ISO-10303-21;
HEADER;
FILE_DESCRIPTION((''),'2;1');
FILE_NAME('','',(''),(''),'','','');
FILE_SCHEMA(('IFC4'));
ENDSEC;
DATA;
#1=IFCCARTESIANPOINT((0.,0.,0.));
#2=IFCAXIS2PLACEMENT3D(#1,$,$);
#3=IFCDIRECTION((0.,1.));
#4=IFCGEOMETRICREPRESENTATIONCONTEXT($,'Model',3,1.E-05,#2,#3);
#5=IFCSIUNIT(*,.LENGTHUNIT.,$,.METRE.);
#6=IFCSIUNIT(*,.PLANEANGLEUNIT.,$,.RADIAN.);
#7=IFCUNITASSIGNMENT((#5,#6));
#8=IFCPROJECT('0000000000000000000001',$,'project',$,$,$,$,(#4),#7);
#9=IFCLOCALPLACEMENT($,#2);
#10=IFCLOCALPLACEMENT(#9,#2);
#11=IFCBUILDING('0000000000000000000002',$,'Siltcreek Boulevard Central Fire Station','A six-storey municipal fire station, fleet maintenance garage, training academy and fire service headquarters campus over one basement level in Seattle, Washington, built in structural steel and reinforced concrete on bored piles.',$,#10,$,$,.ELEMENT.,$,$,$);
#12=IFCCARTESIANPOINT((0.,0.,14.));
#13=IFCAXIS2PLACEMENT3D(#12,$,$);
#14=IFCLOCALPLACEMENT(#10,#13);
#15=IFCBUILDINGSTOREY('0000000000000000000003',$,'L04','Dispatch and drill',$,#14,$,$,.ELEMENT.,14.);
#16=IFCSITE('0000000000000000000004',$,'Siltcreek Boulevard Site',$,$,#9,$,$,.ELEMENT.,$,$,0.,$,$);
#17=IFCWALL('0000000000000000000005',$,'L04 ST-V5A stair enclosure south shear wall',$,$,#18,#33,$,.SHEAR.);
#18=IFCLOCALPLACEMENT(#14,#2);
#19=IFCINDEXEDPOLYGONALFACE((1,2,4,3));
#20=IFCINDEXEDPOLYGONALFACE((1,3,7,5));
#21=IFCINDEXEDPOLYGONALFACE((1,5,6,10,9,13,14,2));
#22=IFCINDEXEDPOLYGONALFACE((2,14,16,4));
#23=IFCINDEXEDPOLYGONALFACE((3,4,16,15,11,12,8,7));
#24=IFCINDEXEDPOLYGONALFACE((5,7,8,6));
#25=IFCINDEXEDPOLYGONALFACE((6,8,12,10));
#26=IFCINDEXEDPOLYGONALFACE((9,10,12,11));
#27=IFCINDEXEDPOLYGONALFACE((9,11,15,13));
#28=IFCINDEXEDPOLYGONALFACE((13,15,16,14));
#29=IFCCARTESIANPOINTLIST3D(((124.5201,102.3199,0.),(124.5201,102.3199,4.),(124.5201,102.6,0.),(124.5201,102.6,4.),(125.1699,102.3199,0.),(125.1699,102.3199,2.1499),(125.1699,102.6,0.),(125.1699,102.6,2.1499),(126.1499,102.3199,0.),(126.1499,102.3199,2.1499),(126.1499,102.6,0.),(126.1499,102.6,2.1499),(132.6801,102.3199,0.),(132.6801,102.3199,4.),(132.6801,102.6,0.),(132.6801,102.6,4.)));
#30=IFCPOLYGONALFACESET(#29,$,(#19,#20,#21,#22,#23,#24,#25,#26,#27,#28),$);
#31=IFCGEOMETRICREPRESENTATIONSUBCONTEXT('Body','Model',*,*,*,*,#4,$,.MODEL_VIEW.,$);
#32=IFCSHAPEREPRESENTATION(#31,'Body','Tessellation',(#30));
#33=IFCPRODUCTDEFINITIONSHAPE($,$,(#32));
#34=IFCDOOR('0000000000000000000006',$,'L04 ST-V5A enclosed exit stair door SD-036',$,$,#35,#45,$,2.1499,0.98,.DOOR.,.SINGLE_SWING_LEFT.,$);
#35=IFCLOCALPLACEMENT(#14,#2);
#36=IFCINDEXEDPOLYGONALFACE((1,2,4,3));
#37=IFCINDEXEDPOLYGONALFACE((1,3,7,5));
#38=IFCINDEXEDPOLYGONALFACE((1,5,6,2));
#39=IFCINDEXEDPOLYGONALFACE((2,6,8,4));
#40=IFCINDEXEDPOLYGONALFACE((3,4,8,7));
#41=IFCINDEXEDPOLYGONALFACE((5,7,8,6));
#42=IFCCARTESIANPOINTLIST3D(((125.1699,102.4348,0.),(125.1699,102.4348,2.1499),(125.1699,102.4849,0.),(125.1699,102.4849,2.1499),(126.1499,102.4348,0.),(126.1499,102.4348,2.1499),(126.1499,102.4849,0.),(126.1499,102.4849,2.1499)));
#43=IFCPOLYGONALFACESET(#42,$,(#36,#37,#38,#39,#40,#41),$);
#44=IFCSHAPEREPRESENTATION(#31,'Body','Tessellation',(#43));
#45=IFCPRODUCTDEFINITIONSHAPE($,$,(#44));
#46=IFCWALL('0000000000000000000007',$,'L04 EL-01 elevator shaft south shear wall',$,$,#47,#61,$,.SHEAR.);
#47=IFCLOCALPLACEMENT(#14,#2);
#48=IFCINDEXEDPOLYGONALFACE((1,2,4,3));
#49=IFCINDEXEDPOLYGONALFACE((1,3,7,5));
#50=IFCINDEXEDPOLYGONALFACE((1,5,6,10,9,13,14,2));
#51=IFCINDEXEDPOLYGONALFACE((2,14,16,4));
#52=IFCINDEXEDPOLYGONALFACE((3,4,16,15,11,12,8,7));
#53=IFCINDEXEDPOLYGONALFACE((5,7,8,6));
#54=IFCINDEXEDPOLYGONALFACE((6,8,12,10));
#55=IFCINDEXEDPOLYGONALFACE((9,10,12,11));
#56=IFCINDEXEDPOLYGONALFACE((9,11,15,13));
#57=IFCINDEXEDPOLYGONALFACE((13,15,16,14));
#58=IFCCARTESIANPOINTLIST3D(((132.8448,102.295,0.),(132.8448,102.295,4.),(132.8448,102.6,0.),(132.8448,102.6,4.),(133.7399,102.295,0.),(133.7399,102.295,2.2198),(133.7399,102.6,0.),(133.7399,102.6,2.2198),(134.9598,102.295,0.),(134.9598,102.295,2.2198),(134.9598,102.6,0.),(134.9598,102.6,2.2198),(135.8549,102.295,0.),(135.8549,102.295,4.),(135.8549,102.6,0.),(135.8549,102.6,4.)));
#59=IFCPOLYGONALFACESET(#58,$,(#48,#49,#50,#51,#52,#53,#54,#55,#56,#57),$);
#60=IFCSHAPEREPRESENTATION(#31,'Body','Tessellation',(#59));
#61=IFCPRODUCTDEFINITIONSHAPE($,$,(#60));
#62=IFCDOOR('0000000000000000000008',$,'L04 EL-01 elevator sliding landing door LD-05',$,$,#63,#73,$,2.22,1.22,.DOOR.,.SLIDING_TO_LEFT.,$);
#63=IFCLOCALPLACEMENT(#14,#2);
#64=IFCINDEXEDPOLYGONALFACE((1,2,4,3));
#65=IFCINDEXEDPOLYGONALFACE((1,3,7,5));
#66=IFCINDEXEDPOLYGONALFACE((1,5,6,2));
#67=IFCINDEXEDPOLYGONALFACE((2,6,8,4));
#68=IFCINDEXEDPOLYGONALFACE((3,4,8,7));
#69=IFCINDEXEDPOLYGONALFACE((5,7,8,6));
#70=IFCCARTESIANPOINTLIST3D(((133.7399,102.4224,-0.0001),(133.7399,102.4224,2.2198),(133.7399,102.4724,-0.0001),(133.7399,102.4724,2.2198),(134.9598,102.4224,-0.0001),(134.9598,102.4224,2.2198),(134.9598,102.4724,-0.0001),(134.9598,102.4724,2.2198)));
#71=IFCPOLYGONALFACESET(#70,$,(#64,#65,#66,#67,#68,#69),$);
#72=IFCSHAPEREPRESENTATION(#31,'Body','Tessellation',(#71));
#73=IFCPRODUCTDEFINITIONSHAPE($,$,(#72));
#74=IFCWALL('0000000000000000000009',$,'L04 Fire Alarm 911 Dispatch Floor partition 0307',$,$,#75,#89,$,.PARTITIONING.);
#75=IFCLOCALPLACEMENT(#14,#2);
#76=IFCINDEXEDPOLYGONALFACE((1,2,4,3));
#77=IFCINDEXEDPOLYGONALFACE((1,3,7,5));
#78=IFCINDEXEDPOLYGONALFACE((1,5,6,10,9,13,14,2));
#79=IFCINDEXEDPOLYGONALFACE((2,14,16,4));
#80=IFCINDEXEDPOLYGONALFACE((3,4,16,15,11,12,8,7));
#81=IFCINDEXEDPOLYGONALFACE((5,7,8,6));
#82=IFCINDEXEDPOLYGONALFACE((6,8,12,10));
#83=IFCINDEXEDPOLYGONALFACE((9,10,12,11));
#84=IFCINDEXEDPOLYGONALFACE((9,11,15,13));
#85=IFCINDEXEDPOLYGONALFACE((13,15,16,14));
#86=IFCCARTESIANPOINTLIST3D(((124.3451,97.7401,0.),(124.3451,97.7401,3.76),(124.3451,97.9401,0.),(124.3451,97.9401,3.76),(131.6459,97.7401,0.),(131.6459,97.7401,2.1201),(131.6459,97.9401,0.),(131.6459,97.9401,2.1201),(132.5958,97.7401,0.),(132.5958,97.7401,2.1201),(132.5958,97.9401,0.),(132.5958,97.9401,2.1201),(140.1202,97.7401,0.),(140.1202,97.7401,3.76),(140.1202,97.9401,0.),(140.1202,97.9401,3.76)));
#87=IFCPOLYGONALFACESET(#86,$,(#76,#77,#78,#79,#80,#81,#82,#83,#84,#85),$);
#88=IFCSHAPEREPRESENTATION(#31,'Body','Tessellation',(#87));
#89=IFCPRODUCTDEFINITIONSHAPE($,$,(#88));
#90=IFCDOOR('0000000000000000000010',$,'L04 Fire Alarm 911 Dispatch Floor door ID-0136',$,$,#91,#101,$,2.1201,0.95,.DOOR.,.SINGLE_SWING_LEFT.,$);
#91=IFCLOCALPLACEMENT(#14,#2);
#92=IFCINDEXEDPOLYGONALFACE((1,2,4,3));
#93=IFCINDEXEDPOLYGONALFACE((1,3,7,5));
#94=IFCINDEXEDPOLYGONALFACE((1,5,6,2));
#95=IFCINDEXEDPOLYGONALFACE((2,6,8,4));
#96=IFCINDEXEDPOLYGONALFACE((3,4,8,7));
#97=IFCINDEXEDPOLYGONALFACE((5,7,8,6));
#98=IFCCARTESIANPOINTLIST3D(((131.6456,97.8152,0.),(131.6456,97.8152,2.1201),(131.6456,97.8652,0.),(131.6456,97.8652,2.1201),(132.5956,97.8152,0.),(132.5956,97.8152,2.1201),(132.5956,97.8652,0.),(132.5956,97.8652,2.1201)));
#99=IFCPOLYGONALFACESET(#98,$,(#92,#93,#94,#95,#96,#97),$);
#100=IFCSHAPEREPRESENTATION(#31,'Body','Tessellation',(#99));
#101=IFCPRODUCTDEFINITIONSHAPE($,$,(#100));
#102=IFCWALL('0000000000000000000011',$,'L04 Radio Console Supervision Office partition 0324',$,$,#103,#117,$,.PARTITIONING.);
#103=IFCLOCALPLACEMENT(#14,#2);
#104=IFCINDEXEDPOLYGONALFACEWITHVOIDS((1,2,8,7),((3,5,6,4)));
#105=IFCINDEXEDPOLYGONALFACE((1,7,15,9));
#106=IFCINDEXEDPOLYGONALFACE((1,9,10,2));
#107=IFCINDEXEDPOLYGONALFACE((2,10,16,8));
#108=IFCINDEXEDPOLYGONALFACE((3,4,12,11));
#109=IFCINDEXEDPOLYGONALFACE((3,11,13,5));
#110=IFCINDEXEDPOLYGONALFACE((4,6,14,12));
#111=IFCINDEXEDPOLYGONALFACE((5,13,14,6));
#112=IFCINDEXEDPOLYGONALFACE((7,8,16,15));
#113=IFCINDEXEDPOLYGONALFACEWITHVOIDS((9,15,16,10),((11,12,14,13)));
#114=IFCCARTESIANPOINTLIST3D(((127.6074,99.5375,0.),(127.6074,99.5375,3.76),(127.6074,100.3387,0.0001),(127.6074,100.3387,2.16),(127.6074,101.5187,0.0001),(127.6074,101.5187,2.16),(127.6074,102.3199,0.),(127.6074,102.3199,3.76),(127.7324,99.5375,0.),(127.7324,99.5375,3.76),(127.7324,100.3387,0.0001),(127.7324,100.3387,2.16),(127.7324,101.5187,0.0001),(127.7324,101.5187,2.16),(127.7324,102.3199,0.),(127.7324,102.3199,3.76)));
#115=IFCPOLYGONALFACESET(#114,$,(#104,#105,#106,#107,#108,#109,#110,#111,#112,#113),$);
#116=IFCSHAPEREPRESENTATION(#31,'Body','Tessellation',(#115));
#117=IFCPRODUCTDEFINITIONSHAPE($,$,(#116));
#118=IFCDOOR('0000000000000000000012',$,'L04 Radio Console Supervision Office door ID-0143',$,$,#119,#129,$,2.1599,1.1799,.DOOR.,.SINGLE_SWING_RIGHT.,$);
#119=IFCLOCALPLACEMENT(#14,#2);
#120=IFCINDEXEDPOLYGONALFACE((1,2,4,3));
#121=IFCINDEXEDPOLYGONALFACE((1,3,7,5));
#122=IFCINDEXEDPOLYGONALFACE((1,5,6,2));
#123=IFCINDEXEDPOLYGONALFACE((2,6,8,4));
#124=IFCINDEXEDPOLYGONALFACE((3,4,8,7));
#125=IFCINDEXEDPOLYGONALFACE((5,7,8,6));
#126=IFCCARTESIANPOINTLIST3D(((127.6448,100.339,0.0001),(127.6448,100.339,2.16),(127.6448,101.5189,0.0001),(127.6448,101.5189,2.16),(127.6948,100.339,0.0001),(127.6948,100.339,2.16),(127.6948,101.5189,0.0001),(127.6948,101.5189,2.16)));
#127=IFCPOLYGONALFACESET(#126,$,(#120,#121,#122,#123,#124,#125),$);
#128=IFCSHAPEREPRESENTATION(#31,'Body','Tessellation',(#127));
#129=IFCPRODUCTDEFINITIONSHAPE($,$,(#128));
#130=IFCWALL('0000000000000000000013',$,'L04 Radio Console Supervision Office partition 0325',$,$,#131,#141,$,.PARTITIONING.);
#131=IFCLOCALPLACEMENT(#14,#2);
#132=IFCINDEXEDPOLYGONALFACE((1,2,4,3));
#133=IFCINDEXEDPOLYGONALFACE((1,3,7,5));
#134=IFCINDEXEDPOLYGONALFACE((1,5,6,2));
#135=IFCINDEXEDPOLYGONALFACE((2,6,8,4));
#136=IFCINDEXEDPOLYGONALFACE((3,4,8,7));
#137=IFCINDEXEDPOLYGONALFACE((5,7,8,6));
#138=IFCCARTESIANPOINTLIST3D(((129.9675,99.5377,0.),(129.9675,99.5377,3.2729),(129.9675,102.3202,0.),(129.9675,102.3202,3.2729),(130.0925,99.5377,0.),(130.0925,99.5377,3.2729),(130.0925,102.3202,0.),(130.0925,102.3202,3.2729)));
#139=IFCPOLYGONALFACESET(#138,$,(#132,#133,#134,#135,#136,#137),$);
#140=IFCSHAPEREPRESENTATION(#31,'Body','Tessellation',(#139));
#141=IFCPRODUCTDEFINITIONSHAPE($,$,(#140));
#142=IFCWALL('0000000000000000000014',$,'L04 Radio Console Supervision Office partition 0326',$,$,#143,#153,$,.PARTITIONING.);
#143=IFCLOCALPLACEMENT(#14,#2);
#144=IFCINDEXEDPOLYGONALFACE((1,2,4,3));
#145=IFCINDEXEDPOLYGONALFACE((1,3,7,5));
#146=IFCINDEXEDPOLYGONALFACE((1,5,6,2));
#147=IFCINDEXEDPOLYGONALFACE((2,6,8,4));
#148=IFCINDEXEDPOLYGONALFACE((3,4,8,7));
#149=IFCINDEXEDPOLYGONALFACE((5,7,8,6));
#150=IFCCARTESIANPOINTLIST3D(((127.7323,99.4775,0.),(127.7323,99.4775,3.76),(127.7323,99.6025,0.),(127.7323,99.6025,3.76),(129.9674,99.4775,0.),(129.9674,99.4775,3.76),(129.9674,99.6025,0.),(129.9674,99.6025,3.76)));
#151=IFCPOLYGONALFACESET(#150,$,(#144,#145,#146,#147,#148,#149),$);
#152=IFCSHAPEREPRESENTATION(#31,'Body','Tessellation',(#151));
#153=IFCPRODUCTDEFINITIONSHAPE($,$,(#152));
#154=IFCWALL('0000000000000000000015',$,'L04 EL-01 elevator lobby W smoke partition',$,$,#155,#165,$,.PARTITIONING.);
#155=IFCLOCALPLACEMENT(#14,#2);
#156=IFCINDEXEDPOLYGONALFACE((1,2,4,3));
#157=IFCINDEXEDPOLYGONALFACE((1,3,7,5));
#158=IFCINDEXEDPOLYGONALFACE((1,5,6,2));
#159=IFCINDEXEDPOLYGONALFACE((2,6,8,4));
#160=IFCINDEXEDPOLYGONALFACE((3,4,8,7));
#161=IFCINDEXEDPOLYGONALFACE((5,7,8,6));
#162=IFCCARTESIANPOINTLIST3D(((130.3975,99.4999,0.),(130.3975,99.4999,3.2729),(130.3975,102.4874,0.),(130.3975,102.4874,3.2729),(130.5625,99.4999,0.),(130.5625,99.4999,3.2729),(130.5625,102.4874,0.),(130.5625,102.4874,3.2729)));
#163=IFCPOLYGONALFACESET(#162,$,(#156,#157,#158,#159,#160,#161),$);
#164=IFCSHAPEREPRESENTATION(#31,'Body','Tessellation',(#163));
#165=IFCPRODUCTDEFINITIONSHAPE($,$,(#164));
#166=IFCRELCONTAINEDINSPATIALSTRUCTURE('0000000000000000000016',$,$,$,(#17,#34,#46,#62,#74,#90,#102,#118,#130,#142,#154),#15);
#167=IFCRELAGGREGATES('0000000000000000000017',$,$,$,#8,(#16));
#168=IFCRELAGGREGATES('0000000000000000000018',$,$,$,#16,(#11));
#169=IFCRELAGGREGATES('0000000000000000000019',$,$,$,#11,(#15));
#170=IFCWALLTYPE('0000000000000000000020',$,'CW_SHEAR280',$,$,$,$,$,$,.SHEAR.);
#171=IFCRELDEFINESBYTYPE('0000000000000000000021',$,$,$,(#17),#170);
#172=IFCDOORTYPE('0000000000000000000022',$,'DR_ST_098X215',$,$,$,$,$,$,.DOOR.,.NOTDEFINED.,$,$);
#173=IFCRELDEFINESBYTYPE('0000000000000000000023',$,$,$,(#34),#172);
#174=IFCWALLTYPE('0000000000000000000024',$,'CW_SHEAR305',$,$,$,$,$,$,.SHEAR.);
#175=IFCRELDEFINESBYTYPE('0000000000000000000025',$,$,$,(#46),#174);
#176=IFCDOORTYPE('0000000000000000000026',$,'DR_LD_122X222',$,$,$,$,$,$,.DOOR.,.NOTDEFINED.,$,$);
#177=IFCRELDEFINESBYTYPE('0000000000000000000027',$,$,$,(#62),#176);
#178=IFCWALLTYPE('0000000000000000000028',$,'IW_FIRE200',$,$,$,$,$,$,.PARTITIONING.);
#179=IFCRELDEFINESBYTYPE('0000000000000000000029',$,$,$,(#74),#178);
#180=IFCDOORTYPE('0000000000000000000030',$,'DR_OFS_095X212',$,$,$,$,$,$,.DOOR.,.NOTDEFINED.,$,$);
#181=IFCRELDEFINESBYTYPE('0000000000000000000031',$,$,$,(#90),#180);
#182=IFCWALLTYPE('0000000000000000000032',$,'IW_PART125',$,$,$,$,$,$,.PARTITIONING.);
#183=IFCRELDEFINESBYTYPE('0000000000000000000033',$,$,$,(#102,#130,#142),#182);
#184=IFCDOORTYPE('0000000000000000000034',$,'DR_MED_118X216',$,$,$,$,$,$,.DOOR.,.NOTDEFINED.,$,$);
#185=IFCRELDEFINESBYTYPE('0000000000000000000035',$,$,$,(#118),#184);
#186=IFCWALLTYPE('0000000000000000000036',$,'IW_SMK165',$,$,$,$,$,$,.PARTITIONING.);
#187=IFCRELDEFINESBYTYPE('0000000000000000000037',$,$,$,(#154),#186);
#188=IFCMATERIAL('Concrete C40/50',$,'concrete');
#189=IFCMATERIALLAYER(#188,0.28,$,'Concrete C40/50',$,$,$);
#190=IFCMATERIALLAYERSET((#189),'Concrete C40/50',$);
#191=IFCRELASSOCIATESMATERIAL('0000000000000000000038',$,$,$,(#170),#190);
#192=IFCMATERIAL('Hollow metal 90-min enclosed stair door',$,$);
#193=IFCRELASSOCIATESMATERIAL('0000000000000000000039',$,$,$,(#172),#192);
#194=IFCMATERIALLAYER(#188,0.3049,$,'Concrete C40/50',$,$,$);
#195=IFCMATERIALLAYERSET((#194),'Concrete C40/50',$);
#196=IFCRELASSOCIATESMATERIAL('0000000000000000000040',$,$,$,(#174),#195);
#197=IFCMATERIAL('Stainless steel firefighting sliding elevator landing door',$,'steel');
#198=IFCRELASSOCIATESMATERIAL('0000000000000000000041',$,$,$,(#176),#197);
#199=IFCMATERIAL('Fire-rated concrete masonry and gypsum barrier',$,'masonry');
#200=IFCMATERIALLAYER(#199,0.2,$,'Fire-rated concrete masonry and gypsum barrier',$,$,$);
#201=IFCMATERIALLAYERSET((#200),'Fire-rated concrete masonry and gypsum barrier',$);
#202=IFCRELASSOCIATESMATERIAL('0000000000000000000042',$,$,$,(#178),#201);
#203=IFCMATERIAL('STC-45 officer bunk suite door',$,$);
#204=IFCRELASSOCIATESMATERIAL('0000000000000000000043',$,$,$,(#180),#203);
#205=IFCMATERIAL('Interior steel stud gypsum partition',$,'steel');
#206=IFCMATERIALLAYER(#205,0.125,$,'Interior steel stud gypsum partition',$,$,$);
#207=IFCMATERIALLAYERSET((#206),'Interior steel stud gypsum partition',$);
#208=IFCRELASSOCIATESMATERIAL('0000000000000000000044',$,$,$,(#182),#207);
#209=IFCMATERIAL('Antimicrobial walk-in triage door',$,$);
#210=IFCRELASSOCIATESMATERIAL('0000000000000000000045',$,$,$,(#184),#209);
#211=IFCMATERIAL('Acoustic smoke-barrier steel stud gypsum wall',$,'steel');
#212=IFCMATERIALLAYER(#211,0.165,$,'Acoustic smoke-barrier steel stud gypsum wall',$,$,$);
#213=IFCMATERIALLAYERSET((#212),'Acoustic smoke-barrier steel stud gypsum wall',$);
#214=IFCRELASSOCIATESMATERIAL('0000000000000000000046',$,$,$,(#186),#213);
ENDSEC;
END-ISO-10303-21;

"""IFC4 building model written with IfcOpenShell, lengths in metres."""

from ifc_helpers import new_model, si_unit, direction, frame, frame_2d, origin, place, context, subcontext, project, spatial, rectangle, extrude, material, layer, layer_set, type_object, element, fill, save


model = new_model("IFC4")

# Units and contexts
model_context = context("Model", 3, precision=1e-05, world=origin(), true_north=direction((0.0, 1.0)))
body_context = subcontext(model_context, "Body", "Model", "MODEL_VIEW")
ifc_project = project(units=[si_unit("LENGTHUNIT", "METRE"), si_unit("PLANEANGLEUNIT", "RADIAN")], contexts=[model_context])

# Site, building, storey
site_placement = place(None, origin())
site = spatial("IfcSite", under=ifc_project, at=site_placement, Name="Siltcreek Boulevard Site", CompositionType="ELEMENT", RefElevation=0.0)
building_placement = place(site_placement, origin())
building = spatial("IfcBuilding", under=site, at=building_placement, Name="Siltcreek Boulevard Central Fire Station", Description="A six-storey municipal fire station, fleet maintenance garage, training academy and fire service headquarters campus over one basement level in Seattle, Washington, built in structural steel and reinforced concrete on bored piles.", CompositionType="ELEMENT")
storey_placement = place(building_placement, frame((0.0, 0.0, 14.0)))
storey = spatial("IfcBuildingStorey", under=building, at=storey_placement, Name="L04", Description="Dispatch and drill", CompositionType="ELEMENT", Elevation=14.0)

# Walls, openings, doors
ifc_material_1 = material(Name="Concrete C40/50", Category="concrete")
ifc_layer_1 = layer(ifc_material_1, 0.28, Name="Concrete C40/50")
ifc_layer_set_1 = layer_set([ifc_layer_1], Name="Concrete C40/50")
wall_type_1 = type_object("IfcWallType", Name="CW_SHEAR280", PredefinedType="SHEAR", material=ifc_layer_set_1)
wall_1_placement = place(storey_placement, frame((124.52, 102.46, 0.0), z_axis=(0.0, 0.0, 1.0), x_axis=(1.0, 0.0, 0.0)))
wall_1 = element("IfcWall", 1, at=wall_1_placement, inside=storey, type_object=wall_type_1, Name="L04 ST-V5A stair enclosure south shear wall", PredefinedType="SHEAR", context=body_context, shape_type="SweptSolid", body=[
    extrude(rectangle(XDim=8.1599, YDim=0.28, at=frame_2d((4.0801, 0.0))), origin(), (0.0, 0.0, 1.0), 4.0),
])
opening_1_placement = place(wall_1_placement, frame((0.6499, 0.0, 0.0)))
opening_1 = element("IfcOpeningElement", 2, at=opening_1_placement, cuts=wall_1, PredefinedType="OPENING", context=body_context, shape_type="SweptSolid", body=[
    extrude(rectangle(XDim=0.98, YDim=2.1499, at=frame_2d((0.49, 1.075))), frame((0.0, 0.1499, 0.0), z_axis=(0.0, -1.0, 0.0), x_axis=(1.0, 0.0, 0.0)), (0.0, 0.0, 1.0), 0.3),
])
ifc_material_2 = material(Name="Hollow metal 90-min enclosed stair door")
door_type_1 = type_object("IfcDoorType", Name="DR_ST_098X215", OperationType="NOTDEFINED", PredefinedType="DOOR", material=ifc_material_2)
door_1_placement = place(opening_1_placement, origin())
door_1 = element("IfcDoor", 3, at=door_1_placement, inside=storey, type_object=door_type_1, Name="L04 ST-V5A enclosed exit stair door SD-036", OperationType="SINGLE_SWING_LEFT", OverallHeight=2.1499, OverallWidth=0.98, PredefinedType="DOOR", context=body_context, shape_type="SweptSolid", body=[
    extrude(rectangle(XDim=0.98, YDim=2.1499, at=frame_2d((0.49, 1.075))), frame((0.0, 0.0249, 0.0), z_axis=(0.0, -1.0, 0.0), x_axis=(1.0, 0.0, 0.0)), (0.0, 0.0, 1.0), 0.05),
])
fill(opening_1, door_1)
ifc_layer_2 = layer(ifc_material_1, 0.3049, Name="Concrete C40/50")
ifc_layer_set_2 = layer_set([ifc_layer_2], Name="Concrete C40/50")
wall_type_2 = type_object("IfcWallType", Name="CW_SHEAR305", PredefinedType="SHEAR", material=ifc_layer_set_2)
wall_2_placement = place(storey_placement, frame((132.845, 102.4475, 0.0), z_axis=(0.0, 0.0, 1.0), x_axis=(1.0, 0.0, 0.0)))
wall_2 = element("IfcWall", 4, at=wall_2_placement, inside=storey, type_object=wall_type_2, Name="L04 EL-01 elevator shaft south shear wall", PredefinedType="SHEAR", context=body_context, shape_type="SweptSolid", body=[
    extrude(rectangle(XDim=3.01, YDim=0.3049, at=frame_2d((1.5049, 0.0))), origin(), (0.0, 0.0, 1.0), 4.0),
])
opening_2_placement = place(wall_2_placement, frame((0.895, 0.0, 0.0)))
opening_2 = element("IfcOpeningElement", 5, at=opening_2_placement, cuts=wall_2, PredefinedType="OPENING", context=body_context, shape_type="SweptSolid", body=[
    extrude(rectangle(XDim=1.22, YDim=2.22, at=frame_2d((0.6099, 1.1099))), frame((0.0, 0.1624, 0.0), z_axis=(0.0, -1.0, 0.0), x_axis=(1.0, 0.0, 0.0)), (0.0, 0.0, 1.0), 0.325),
])
ifc_material_3 = material(Name="Stainless steel firefighting sliding elevator landing door", Category="steel")
door_type_2 = type_object("IfcDoorType", Name="DR_LD_122X222", OperationType="NOTDEFINED", PredefinedType="DOOR", material=ifc_material_3)
door_2_placement = place(opening_2_placement, origin())
door_2 = element("IfcDoor", 6, at=door_2_placement, inside=storey, type_object=door_type_2, Name="L04 EL-01 elevator sliding landing door LD-05", OperationType="SLIDING_TO_LEFT", OverallHeight=2.22, OverallWidth=1.22, PredefinedType="DOOR", context=body_context, shape_type="SweptSolid", body=[
    extrude(rectangle(XDim=1.22, YDim=2.22, at=frame_2d((0.6099, 1.1099))), frame((0.0, 0.0249, 0.0), z_axis=(0.0, -1.0, 0.0), x_axis=(1.0, 0.0, 0.0)), (0.0, 0.0, 1.0), 0.05),
])
fill(opening_2, door_2)
ifc_material_4 = material(Name="Fire-rated concrete masonry and gypsum barrier", Category="masonry")
ifc_layer_3 = layer(ifc_material_4, 0.2, Name="Fire-rated concrete masonry and gypsum barrier")
ifc_layer_set_3 = layer_set([ifc_layer_3], Name="Fire-rated concrete masonry and gypsum barrier")
wall_type_3 = type_object("IfcWallType", Name="IW_FIRE200", PredefinedType="PARTITIONING", material=ifc_layer_set_3)
wall_3_placement = place(storey_placement, frame((124.345, 97.8401, 0.0), z_axis=(0.0, 0.0, 1.0), x_axis=(1.0, 0.0, 0.0)))
wall_3 = element("IfcWall", 7, at=wall_3_placement, inside=storey, type_object=wall_type_3, Name="L04 Fire Alarm 911 Dispatch Floor partition 0307", PredefinedType="PARTITIONING", context=body_context, shape_type="SweptSolid", body=[
    extrude(rectangle(XDim=15.7751, YDim=0.2, at=frame_2d((7.8877, 0.0))), origin(), (0.0, 0.0, 1.0), 3.76),
])
opening_3_placement = place(wall_3_placement, frame((7.3008, 0.0, 0.0)))
opening_3 = element("IfcOpeningElement", 8, at=opening_3_placement, cuts=wall_3, PredefinedType="OPENING", context=body_context, shape_type="SweptSolid", body=[
    extrude(rectangle(XDim=0.95, YDim=2.1201, at=frame_2d((0.4751, 1.0601))), frame((0.0, 0.1099, 0.0), z_axis=(0.0, -1.0, 0.0), x_axis=(1.0, 0.0, 0.0)), (0.0, 0.0, 1.0), 0.22),
])
ifc_material_5 = material(Name="STC-45 officer bunk suite door")
door_type_3 = type_object("IfcDoorType", Name="DR_OFS_095X212", OperationType="NOTDEFINED", PredefinedType="DOOR", material=ifc_material_5)
door_3_placement = place(opening_3_placement, frame((0.95, 0.0, 0.0), z_axis=(0.0, 0.0, 1.0), x_axis=(-1.0, 0.0, 0.0)))
door_3 = element("IfcDoor", 9, at=door_3_placement, inside=storey, type_object=door_type_3, Name="L04 Fire Alarm 911 Dispatch Floor door ID-0136", OperationType="SINGLE_SWING_LEFT", OverallHeight=2.1201, OverallWidth=0.95, PredefinedType="DOOR", context=body_context, shape_type="SweptSolid", body=[
    extrude(rectangle(XDim=0.95, YDim=2.1201, at=frame_2d((0.4751, 1.0601))), frame((0.0, 0.0249, 0.0), z_axis=(0.0, -1.0, 0.0), x_axis=(1.0, 0.0, 0.0)), (0.0, 0.0, 1.0), 0.05),
])
fill(opening_3, door_3)
ifc_material_6 = material(Name="Interior steel stud gypsum partition", Category="steel")
ifc_layer_4 = layer(ifc_material_6, 0.125, Name="Interior steel stud gypsum partition")
ifc_layer_set_4 = layer_set([ifc_layer_4], Name="Interior steel stud gypsum partition")
wall_type_4 = type_object("IfcWallType", Name="IW_PART125", PredefinedType="PARTITIONING", material=ifc_layer_set_4)
wall_4_placement = place(storey_placement, frame((127.6699, 99.5376, 0.0), z_axis=(0.0, 0.0, 1.0), x_axis=(0.0, 1.0, 0.0)))
wall_4 = element("IfcWall", 10, at=wall_4_placement, inside=storey, type_object=wall_type_4, Name="L04 Radio Console Supervision Office partition 0324", PredefinedType="PARTITIONING", context=body_context, shape_type="SweptSolid", body=[
    extrude(rectangle(XDim=2.7825, YDim=0.125, at=frame_2d((1.3911, 0.0))), origin(), (0.0, 0.0, 1.0), 3.76),
])
opening_4_placement = place(wall_4_placement, frame((0.8013, 0.0, 0.0)))
opening_4 = element("IfcOpeningElement", 11, at=opening_4_placement, cuts=wall_4, PredefinedType="OPENING", context=body_context, shape_type="SweptSolid", body=[
    extrude(rectangle(XDim=1.1799, YDim=2.1599, at=frame_2d((0.5898, 1.0801))), frame((0.0, 0.0725, 0.0), z_axis=(0.0, -1.0, 0.0), x_axis=(1.0, 0.0, 0.0)), (0.0, 0.0, 1.0), 0.145),
])
ifc_material_7 = material(Name="Antimicrobial walk-in triage door")
door_type_4 = type_object("IfcDoorType", Name="DR_MED_118X216", OperationType="NOTDEFINED", PredefinedType="DOOR", material=ifc_material_7)
door_4_placement = place(opening_4_placement, frame((1.1799, 0.0, 0.0), z_axis=(0.0, 0.0, 1.0), x_axis=(-1.0, 0.0, 0.0)))
door_4 = element("IfcDoor", 12, at=door_4_placement, inside=storey, type_object=door_type_4, Name="L04 Radio Console Supervision Office door ID-0143", OperationType="SINGLE_SWING_RIGHT", OverallHeight=2.1599, OverallWidth=1.1799, PredefinedType="DOOR", context=body_context, shape_type="SweptSolid", body=[
    extrude(rectangle(XDim=1.1799, YDim=2.1599, at=frame_2d((0.5898, 1.0801))), frame((0.0, 0.0249, 0.0), z_axis=(0.0, -1.0, 0.0), x_axis=(1.0, 0.0, 0.0)), (0.0, 0.0, 1.0), 0.05),
])
fill(opening_4, door_4)

# Walls
wall_5_placement = place(storey_placement, frame((130.03, 102.3201, 0.0), z_axis=(0.0, 0.0, 1.0), x_axis=(0.0, -1.0, 0.0)))
element("IfcWall", 13, at=wall_5_placement, inside=storey, type_object=wall_type_4, Name="L04 Radio Console Supervision Office partition 0325", PredefinedType="PARTITIONING", context=body_context, shape_type="SweptSolid", body=[
    extrude(rectangle(XDim=2.7825, YDim=0.125, at=frame_2d((1.3911, 0.0))), origin(), (0.0, 0.0, 1.0), 3.2729),
])
wall_6_placement = place(storey_placement, frame((129.9675, 99.54, 0.0), z_axis=(0.0, 0.0, 1.0), x_axis=(-1.0, 0.0, 0.0)))
element("IfcWall", 14, at=wall_6_placement, inside=storey, type_object=wall_type_4, Name="L04 Radio Console Supervision Office partition 0326", PredefinedType="PARTITIONING", context=body_context, shape_type="SweptSolid", body=[
    extrude(rectangle(XDim=2.2351, YDim=0.125, at=frame_2d((1.1177, 0.0))), origin(), (0.0, 0.0, 1.0), 3.76),
])
ifc_material_8 = material(Name="Acoustic smoke-barrier steel stud gypsum wall", Category="steel")
ifc_layer_5 = layer(ifc_material_8, 0.165, Name="Acoustic smoke-barrier steel stud gypsum wall")
ifc_layer_set_5 = layer_set([ifc_layer_5], Name="Acoustic smoke-barrier steel stud gypsum wall")
wall_type_5 = type_object("IfcWallType", Name="IW_SMK165", PredefinedType="PARTITIONING", material=ifc_layer_set_5)
wall_7_placement = place(storey_placement, frame((130.48, 99.5, 0.0), z_axis=(0.0, 0.0, 1.0), x_axis=(0.0, 1.0, 0.0)))
element("IfcWall", 15, at=wall_7_placement, inside=storey, type_object=wall_type_5, Name="L04 EL-01 elevator lobby W smoke partition", PredefinedType="PARTITIONING", context=body_context, shape_type="SweptSolid", body=[
    extrude(rectangle(XDim=2.9875, YDim=0.165, at=frame_2d((1.4937, 0.0))), origin(), (0.0, 0.0, 1.0), 3.2729),
])

save(model, "model.ifc")
